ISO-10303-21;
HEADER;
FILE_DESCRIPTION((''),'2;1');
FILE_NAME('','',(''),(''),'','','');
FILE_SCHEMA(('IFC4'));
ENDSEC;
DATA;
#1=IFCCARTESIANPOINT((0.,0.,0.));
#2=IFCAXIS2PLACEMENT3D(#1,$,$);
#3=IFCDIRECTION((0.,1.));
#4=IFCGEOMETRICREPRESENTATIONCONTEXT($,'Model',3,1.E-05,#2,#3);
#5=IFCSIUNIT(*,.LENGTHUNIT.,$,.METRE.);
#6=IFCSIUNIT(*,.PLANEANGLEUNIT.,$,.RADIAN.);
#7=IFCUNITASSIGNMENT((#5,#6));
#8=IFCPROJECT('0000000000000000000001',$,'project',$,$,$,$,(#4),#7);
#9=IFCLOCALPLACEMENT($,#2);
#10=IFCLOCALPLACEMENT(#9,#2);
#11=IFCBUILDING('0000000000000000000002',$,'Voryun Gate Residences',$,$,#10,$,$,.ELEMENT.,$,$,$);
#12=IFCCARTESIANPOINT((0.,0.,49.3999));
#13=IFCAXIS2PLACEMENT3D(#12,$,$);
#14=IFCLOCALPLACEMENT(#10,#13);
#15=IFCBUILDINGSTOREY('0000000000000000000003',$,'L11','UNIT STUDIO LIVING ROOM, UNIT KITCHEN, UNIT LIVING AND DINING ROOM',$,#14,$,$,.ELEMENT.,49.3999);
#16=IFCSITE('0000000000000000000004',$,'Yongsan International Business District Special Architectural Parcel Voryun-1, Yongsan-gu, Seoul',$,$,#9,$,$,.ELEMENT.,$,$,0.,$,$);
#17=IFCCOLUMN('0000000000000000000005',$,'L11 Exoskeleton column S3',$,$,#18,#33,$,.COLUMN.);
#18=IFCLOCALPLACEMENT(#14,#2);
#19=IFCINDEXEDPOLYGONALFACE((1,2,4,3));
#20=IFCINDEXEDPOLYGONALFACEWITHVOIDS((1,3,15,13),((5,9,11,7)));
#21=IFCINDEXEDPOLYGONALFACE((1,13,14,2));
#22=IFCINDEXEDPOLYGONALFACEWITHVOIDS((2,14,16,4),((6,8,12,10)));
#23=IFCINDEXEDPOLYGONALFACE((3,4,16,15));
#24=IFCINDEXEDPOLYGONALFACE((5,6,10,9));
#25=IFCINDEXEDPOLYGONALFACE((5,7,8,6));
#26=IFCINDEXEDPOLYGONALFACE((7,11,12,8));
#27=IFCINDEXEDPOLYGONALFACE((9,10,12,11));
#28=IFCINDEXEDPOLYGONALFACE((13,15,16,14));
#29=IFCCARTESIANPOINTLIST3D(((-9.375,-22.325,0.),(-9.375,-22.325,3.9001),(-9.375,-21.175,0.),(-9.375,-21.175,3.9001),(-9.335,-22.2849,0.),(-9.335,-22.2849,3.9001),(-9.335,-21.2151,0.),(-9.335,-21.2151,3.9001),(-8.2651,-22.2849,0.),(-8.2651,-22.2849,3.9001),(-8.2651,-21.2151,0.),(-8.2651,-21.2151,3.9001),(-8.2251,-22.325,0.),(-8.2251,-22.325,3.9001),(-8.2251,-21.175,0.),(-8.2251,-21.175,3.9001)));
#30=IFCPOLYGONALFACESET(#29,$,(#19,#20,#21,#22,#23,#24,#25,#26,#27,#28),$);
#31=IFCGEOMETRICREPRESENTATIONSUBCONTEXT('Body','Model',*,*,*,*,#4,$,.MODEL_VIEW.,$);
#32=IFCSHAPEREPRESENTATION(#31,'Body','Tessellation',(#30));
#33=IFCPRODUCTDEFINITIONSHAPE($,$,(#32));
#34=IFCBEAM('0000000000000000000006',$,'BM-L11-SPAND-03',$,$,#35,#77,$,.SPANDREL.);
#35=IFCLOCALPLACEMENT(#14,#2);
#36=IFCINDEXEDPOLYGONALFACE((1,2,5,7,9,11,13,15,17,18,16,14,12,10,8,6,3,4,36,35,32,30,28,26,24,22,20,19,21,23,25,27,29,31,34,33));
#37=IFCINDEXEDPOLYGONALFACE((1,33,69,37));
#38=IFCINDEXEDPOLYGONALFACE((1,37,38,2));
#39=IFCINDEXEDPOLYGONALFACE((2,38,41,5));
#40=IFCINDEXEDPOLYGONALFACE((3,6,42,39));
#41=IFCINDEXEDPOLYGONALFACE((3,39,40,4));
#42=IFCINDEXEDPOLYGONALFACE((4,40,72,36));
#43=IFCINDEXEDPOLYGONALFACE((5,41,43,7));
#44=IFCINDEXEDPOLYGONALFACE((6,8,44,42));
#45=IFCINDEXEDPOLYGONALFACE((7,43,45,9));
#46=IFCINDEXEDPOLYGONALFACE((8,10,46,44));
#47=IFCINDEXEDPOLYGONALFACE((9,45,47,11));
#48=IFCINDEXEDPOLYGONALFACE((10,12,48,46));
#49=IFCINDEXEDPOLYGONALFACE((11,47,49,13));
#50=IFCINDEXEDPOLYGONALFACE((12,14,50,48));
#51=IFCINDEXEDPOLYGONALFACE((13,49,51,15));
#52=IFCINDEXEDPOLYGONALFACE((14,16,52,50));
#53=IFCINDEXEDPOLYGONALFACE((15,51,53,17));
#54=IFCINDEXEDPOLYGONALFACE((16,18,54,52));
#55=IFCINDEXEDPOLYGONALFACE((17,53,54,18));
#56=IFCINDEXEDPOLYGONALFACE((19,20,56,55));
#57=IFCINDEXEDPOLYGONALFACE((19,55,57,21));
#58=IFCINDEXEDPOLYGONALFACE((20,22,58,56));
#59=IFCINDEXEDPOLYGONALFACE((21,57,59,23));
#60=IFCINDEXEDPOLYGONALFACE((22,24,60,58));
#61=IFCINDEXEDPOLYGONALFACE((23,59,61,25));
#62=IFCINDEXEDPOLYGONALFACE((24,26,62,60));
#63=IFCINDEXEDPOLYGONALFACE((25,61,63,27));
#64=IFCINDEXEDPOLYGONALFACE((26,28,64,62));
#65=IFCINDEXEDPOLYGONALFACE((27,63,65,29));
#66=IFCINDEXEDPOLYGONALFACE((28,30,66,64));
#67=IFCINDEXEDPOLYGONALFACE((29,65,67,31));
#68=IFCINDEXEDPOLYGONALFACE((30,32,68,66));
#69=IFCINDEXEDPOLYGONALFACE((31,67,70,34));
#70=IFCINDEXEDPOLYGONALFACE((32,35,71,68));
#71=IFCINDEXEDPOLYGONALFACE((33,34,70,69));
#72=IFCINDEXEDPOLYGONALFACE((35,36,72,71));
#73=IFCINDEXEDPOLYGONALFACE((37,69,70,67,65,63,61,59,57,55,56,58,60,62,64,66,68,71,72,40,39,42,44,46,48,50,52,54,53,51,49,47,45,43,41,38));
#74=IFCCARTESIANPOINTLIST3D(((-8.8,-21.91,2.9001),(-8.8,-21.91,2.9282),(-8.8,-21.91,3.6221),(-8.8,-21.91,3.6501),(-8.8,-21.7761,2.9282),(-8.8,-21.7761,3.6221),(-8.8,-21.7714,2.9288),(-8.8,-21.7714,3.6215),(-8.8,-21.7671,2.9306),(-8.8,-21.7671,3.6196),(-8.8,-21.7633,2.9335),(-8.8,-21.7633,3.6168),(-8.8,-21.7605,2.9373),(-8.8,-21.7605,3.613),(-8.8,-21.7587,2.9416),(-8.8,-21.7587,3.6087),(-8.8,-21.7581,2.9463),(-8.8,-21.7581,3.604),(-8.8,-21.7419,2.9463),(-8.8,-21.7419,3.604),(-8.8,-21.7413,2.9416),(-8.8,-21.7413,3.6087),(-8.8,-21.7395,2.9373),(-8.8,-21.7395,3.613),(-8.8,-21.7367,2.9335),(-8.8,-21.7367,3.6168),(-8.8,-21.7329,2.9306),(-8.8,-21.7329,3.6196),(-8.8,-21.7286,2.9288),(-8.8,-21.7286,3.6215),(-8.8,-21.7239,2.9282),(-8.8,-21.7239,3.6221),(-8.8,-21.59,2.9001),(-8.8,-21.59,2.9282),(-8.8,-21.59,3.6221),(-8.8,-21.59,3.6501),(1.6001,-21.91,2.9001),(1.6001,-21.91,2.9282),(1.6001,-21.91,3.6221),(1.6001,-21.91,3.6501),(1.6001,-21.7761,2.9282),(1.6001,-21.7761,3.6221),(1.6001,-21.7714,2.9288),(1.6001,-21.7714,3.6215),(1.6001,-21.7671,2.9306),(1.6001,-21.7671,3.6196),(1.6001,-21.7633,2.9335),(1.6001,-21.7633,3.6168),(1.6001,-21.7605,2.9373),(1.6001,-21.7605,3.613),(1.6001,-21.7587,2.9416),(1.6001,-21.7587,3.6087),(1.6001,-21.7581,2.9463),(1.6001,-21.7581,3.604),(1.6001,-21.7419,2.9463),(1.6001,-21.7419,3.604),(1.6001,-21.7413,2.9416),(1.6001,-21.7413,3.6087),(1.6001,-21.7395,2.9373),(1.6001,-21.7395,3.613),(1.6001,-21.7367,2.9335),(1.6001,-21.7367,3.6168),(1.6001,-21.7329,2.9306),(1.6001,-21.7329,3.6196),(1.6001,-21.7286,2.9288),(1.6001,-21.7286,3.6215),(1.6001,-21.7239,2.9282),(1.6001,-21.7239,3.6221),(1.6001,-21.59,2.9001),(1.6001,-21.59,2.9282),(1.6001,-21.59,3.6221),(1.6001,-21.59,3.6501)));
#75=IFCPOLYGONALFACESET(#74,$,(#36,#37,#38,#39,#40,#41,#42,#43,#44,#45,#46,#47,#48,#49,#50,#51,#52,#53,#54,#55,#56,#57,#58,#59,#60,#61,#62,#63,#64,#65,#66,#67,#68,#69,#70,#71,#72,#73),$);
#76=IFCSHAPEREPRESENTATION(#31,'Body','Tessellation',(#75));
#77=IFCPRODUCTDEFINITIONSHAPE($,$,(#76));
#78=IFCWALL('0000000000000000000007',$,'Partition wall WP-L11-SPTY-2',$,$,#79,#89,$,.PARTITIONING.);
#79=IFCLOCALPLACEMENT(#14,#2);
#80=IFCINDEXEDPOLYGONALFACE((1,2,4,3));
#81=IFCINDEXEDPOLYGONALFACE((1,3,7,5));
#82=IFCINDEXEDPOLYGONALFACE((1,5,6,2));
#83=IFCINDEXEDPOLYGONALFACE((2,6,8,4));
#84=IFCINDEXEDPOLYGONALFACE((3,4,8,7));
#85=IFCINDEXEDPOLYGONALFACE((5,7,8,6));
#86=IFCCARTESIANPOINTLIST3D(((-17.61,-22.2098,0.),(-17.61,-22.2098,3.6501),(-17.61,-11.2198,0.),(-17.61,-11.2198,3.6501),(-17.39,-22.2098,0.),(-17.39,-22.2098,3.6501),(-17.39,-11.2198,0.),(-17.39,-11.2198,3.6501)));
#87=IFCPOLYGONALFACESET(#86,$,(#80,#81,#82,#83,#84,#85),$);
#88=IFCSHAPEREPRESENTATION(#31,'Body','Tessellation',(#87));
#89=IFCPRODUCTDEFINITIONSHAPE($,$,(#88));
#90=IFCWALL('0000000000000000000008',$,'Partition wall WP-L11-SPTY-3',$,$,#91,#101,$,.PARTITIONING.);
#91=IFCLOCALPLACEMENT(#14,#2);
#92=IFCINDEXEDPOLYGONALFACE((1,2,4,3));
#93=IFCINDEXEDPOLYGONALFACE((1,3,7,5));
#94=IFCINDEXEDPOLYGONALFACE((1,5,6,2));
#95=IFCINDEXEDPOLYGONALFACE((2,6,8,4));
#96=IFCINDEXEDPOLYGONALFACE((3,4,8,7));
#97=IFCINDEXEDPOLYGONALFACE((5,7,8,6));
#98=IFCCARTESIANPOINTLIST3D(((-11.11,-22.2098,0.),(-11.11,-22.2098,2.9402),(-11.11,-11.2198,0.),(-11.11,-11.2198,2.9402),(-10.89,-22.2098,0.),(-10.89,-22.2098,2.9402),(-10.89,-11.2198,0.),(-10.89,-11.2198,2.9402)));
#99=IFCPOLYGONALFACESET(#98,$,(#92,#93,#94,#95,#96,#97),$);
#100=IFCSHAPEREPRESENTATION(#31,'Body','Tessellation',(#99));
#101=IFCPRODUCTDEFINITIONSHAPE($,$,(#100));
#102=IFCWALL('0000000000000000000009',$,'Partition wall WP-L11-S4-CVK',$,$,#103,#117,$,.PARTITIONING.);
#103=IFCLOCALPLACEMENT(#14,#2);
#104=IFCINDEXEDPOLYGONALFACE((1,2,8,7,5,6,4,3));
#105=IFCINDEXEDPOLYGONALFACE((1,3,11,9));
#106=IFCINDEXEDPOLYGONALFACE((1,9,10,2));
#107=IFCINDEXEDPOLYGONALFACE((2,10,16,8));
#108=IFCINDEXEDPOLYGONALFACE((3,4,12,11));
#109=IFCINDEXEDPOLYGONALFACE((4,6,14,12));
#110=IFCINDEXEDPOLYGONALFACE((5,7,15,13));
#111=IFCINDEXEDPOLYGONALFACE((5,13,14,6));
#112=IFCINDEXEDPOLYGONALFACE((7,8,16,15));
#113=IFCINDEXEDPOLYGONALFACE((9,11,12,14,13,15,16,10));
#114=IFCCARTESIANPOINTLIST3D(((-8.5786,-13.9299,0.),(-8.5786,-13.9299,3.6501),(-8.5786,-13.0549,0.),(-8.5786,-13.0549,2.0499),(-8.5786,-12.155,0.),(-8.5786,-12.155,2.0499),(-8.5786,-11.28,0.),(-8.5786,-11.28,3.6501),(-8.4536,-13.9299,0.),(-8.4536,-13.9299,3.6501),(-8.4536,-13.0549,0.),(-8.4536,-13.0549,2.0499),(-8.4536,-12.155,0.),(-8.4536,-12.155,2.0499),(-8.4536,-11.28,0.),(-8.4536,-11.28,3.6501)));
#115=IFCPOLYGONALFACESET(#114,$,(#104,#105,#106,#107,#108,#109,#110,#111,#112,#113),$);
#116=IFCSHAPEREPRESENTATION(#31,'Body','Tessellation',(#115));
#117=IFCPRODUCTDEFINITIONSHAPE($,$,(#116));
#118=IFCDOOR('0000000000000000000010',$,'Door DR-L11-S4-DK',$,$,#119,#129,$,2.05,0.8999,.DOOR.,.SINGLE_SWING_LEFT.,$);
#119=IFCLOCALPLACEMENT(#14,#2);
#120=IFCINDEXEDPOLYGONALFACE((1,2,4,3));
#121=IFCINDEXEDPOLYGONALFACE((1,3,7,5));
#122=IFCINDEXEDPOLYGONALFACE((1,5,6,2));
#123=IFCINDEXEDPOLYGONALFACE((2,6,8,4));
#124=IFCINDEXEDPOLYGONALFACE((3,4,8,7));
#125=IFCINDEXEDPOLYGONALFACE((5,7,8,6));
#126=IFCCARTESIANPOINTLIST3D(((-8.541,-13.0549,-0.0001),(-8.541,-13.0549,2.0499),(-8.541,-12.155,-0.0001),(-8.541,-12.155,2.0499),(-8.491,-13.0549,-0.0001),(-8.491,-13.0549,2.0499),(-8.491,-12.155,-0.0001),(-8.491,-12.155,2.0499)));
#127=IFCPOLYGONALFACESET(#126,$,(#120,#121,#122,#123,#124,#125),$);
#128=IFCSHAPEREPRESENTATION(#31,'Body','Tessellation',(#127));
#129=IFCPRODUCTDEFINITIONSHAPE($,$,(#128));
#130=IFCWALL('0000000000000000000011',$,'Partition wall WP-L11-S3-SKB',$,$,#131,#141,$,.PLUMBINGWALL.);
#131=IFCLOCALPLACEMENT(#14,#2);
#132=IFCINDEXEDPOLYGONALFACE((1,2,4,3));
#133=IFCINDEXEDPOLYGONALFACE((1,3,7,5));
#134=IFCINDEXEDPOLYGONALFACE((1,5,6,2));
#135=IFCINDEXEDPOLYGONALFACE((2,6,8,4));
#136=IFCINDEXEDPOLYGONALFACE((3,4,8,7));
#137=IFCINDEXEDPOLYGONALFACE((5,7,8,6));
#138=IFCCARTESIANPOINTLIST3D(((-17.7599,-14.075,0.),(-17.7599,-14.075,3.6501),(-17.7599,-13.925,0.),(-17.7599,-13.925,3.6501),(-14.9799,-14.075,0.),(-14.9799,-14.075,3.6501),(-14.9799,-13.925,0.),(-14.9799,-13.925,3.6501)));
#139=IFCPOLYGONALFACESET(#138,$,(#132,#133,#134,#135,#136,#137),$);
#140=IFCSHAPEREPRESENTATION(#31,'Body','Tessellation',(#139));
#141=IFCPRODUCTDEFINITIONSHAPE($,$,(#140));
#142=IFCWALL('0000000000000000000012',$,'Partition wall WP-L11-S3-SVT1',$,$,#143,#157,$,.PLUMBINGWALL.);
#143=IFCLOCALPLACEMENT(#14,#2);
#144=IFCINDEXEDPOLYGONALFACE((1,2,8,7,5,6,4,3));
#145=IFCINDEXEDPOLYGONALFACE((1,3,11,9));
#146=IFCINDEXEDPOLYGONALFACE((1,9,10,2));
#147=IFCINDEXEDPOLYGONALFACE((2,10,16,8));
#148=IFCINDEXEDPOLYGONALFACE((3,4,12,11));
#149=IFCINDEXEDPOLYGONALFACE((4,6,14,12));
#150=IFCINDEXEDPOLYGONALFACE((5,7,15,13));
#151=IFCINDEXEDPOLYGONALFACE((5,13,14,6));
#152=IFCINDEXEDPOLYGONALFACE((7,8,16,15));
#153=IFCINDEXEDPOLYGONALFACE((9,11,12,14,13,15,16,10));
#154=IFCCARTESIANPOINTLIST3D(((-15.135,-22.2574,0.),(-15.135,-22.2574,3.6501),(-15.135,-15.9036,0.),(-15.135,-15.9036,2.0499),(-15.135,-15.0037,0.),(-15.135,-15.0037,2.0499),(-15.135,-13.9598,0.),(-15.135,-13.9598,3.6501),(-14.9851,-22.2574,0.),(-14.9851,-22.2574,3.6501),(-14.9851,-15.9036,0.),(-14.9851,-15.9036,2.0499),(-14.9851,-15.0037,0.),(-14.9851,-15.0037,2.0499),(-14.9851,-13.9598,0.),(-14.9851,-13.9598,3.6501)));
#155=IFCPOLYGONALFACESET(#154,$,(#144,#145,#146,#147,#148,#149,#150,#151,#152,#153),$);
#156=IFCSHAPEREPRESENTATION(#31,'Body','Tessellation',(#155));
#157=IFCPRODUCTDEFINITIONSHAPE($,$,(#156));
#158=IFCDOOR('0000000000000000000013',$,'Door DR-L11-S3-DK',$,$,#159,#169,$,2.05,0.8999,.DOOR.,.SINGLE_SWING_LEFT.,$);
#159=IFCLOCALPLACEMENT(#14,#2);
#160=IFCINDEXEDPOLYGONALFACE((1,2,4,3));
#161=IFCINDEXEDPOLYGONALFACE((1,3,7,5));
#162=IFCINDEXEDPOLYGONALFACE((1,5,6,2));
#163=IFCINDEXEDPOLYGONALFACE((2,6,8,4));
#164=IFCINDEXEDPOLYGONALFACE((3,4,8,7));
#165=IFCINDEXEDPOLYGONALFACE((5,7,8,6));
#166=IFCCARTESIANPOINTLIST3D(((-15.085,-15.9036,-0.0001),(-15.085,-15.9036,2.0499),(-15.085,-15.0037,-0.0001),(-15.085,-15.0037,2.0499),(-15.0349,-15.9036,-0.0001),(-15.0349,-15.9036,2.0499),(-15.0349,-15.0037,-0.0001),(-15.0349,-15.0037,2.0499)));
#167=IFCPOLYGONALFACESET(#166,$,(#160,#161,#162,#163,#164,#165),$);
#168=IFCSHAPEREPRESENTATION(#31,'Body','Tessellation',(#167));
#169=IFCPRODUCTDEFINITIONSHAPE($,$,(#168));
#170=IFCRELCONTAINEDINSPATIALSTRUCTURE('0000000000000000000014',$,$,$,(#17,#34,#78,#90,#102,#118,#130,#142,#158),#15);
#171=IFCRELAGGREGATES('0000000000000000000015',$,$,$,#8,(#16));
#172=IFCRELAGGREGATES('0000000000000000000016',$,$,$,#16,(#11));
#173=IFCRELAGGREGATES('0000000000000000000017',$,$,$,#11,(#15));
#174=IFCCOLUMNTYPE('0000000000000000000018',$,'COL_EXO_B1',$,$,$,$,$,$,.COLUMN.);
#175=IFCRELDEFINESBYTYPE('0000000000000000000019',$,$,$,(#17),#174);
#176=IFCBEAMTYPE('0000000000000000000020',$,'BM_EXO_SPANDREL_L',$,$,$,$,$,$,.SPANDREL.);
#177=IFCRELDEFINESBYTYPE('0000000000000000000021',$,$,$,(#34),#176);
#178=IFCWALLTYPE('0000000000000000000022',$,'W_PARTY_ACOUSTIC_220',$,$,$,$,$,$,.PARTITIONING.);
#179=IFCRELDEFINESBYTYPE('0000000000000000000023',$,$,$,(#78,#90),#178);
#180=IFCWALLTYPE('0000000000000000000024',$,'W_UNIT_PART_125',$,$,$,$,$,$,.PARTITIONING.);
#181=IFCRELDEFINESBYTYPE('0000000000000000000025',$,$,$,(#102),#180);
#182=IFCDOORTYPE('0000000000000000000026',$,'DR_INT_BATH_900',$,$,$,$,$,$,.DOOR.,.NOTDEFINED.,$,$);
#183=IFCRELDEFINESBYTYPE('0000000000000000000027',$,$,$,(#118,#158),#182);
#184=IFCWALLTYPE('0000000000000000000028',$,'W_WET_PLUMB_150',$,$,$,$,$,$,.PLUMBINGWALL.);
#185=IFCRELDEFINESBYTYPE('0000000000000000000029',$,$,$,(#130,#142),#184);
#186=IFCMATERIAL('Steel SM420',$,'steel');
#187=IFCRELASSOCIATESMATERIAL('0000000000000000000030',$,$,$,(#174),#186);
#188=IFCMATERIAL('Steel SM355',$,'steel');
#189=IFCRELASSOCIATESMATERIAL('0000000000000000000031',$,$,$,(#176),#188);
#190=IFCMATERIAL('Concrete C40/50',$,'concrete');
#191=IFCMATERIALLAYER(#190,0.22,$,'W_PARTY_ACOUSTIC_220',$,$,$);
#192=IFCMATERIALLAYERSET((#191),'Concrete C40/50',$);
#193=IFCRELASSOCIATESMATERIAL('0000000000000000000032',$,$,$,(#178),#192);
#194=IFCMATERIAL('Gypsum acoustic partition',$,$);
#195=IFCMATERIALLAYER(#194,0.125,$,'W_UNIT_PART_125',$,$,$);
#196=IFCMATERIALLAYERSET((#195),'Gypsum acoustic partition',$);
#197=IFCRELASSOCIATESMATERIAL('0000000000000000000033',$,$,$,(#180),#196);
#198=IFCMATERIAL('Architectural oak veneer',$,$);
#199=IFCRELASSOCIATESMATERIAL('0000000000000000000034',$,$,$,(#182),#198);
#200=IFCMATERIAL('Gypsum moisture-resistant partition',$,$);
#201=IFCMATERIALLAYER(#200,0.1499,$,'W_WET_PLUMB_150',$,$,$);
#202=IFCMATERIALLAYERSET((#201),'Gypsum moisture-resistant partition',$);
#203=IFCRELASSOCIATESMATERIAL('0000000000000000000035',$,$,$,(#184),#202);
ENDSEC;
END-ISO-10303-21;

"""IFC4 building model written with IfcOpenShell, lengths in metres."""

from ifc_helpers import new_model, si_unit, direction, frame, frame_2d, origin, origin_2d, place, context, subcontext, project, spatial, rectangle, hollow_rectangle, i_section, extrude, material, layer, layer_set, material_profile, profile_set, type_object, element, fill, save


model = new_model("IFC4")

# Units and contexts
model_context = context("Model", 3, precision=1e-05, world=origin(), true_north=direction((0.0, 1.0)))
body_context = subcontext(model_context, "Body", "Model", "MODEL_VIEW")
ifc_project = project(units=[si_unit("LENGTHUNIT", "METRE"), si_unit("PLANEANGLEUNIT", "RADIAN")], contexts=[model_context])

# Site, building, storey
site_placement = place(None, origin())
site = spatial("IfcSite", under=ifc_project, at=site_placement, Name="Yongsan International Business District Special Architectural Parcel Voryun-1, Yongsan-gu, Seoul", CompositionType="ELEMENT", RefElevation=0.0)
building_placement = place(site_placement, origin())
building = spatial("IfcBuilding", under=site, at=building_placement, Name="Voryun Gate Residences", CompositionType="ELEMENT")
storey_placement = place(building_placement, frame((0.0, 0.0, 49.3999)))
storey = spatial("IfcBuildingStorey", under=building, at=storey_placement, Name="L11", Description="UNIT STUDIO LIVING ROOM, UNIT KITCHEN, UNIT LIVING AND DINING ROOM", CompositionType="ELEMENT", Elevation=49.3999)

# Column
ifc_material_1 = material(Name="Steel SM420", Category="steel")
ifc_material_profile_1 = material_profile(ifc_material_1, hollow_rectangle(XDim=1.1499, YDim=1.1499, WallThickness=0.04, at=origin_2d()), Name="BOX-1150x1150x40")
ifc_profile_set_1 = profile_set([ifc_material_profile_1], Name="Steel SM420")
column_type = type_object("IfcColumnType", Name="COL_EXO_B1", PredefinedType="COLUMN", material=ifc_profile_set_1)
column_placement = place(storey_placement, frame((-8.8, -21.75, 0.0), z_axis=(0.0, 0.0, 1.0), x_axis=(1.0, 0.0, 0.0)))
element("IfcColumn", 1, at=column_placement, inside=storey, type_object=column_type, Name="L11 Exoskeleton column S3", PredefinedType="COLUMN", context=body_context, shape_type="SweptSolid", body=[
    extrude(hollow_rectangle(XDim=1.1499, YDim=1.1499, WallThickness=0.04, at=origin_2d()), origin(), (0.0, 0.0, 1.0), 3.9001),
])

# Beam
ifc_material_2 = material(Name="Steel SM355", Category="steel")
ifc_material_profile_2 = material_profile(ifc_material_2, i_section(OverallWidth=0.3201, OverallDepth=0.75, WebThickness=0.0161, FlangeThickness=0.0281, FilletRadius=0.0181, at=origin_2d()), Name="H-750x320x16x28")
ifc_profile_set_2 = profile_set([ifc_material_profile_2], Name="Steel SM355")
beam_type = type_object("IfcBeamType", Name="BM_EXO_SPANDREL_L", PredefinedType="SPANDREL", material=ifc_profile_set_2)
beam_placement = place(storey_placement, frame((-8.8, -21.75, 3.2751), z_axis=(1.0, 0.0, 0.0), x_axis=(0.0, 1.0, 0.0)))
element("IfcBeam", 2, at=beam_placement, inside=storey, type_object=beam_type, Name="BM-L11-SPAND-03", PredefinedType="SPANDREL", context=body_context, shape_type="SweptSolid", body=[
    extrude(i_section(OverallWidth=0.3201, OverallDepth=0.75, WebThickness=0.0161, FlangeThickness=0.0281, FilletRadius=0.0181, at=origin_2d()), origin(), (0.0, 0.0, 1.0), 10.4001),
])

# Walls
ifc_material_3 = material(Name="Concrete C40/50", Category="concrete")
ifc_layer_1 = layer(ifc_material_3, 0.22, Name="W_PARTY_ACOUSTIC_220")
ifc_layer_set_1 = layer_set([ifc_layer_1], Name="Concrete C40/50")
wall_type_1 = type_object("IfcWallType", Name="W_PARTY_ACOUSTIC_220", PredefinedType="PARTITIONING", material=ifc_layer_set_1)
wall_1_placement = place(storey_placement, frame((-17.5, -22.21, 0.0), z_axis=(0.0, 0.0, 1.0), x_axis=(0.0, 1.0, 0.0)))
element("IfcWall", 3, at=wall_1_placement, inside=storey, type_object=wall_type_1, Name="Partition wall WP-L11-SPTY-2", PredefinedType="PARTITIONING", context=body_context, shape_type="SweptSolid", body=[
    extrude(rectangle(XDim=10.99, YDim=0.22, at=frame_2d((5.4951, 0.0))), origin(), (0.0, 0.0, 1.0), 3.6501),
])
wall_2_placement = place(storey_placement, frame((-11.0, -22.21, 0.0), z_axis=(0.0, 0.0, 1.0), x_axis=(0.0, 1.0, 0.0)))
element("IfcWall", 4, at=wall_2_placement, inside=storey, type_object=wall_type_1, Name="Partition wall WP-L11-SPTY-3", PredefinedType="PARTITIONING", context=body_context, shape_type="SweptSolid", body=[
    extrude(rectangle(XDim=10.99, YDim=0.22, at=frame_2d((5.4951, 0.0))), origin(), (0.0, 0.0, 1.0), 2.9402),
])

# Wall, opening, door
ifc_material_4 = material(Name="Gypsum acoustic partition")
ifc_layer_2 = layer(ifc_material_4, 0.125, Name="W_UNIT_PART_125")
ifc_layer_set_2 = layer_set([ifc_layer_2], Name="Gypsum acoustic partition")
wall_type_2 = type_object("IfcWallType", Name="W_UNIT_PART_125", PredefinedType="PARTITIONING", material=ifc_layer_set_2)
wall_3_placement = place(storey_placement, frame((-8.5161, -13.9299, 0.0), z_axis=(0.0, 0.0, 1.0), x_axis=(0.0, 1.0, 0.0)))
wall_3 = element("IfcWall", 5, at=wall_3_placement, inside=storey, type_object=wall_type_2, Name="Partition wall WP-L11-S4-CVK", PredefinedType="PARTITIONING", context=body_context, shape_type="SweptSolid", body=[
    extrude(rectangle(XDim=2.6499, YDim=0.125, at=frame_2d((1.325, 0.0))), origin(), (0.0, 0.0, 1.0), 3.6501),
])
opening_1_placement = place(wall_3_placement, frame((0.875, 0.0, 0.0)))
opening_1 = element("IfcOpeningElement", 6, at=opening_1_placement, cuts=wall_3, PredefinedType="OPENING", context=body_context, shape_type="SweptSolid", body=[
    extrude(rectangle(XDim=0.8999, YDim=2.05, at=frame_2d((0.45, 1.0249))), frame((0.0, 0.0725, 0.0), z_axis=(0.0, -1.0, 0.0), x_axis=(1.0, 0.0, 0.0)), (0.0, 0.0, 1.0), 0.145),
])
ifc_material_5 = material(Name="Architectural oak veneer")
door_type = type_object("IfcDoorType", Name="DR_INT_BATH_900", OperationType="NOTDEFINED", PredefinedType="DOOR", material=ifc_material_5)
door_1_placement = place(opening_1_placement, origin())
door_1 = element("IfcDoor", 7, at=door_1_placement, inside=storey, type_object=door_type, Name="Door DR-L11-S4-DK", OperationType="SINGLE_SWING_LEFT", OverallHeight=2.05, OverallWidth=0.8999, PredefinedType="DOOR", context=body_context, shape_type="SweptSolid", body=[
    extrude(rectangle(XDim=0.8999, YDim=2.05, at=frame_2d((0.45, 1.0249))), frame((0.0, 0.0249, 0.0), z_axis=(0.0, -1.0, 0.0), x_axis=(1.0, 0.0, 0.0)), (0.0, 0.0, 1.0), 0.05),
])
fill(opening_1, door_1)

# Wall
ifc_material_6 = material(Name="Gypsum moisture-resistant partition")
ifc_layer_3 = layer(ifc_material_6, 0.1499, Name="W_WET_PLUMB_150")
ifc_layer_set_3 = layer_set([ifc_layer_3], Name="Gypsum moisture-resistant partition")
wall_type_3 = type_object("IfcWallType", Name="W_WET_PLUMB_150", PredefinedType="PLUMBINGWALL", material=ifc_layer_set_3)
wall_4_placement = place(storey_placement, frame((-17.76, -14.0, 0.0), z_axis=(0.0, 0.0, 1.0), x_axis=(1.0, 0.0, 0.0)))
element("IfcWall", 8, at=wall_4_placement, inside=storey, type_object=wall_type_3, Name="Partition wall WP-L11-S3-SKB", PredefinedType="PLUMBINGWALL", context=body_context, shape_type="SweptSolid", body=[
    extrude(rectangle(XDim=2.78, YDim=0.1499, at=frame_2d((1.3901, 0.0))), origin(), (0.0, 0.0, 1.0), 3.6501),
])

# Wall, opening, door
wall_5_placement = place(storey_placement, frame((-15.0601, -22.2576, 0.0), z_axis=(0.0, 0.0, 1.0), x_axis=(0.0, 1.0, 0.0)))
wall_5 = element("IfcWall", 9, at=wall_5_placement, inside=storey, type_object=wall_type_3, Name="Partition wall WP-L11-S3-SVT1", PredefinedType="PLUMBINGWALL", context=body_context, shape_type="SweptSolid", body=[
    extrude(rectangle(XDim=8.2976, YDim=0.1499, at=frame_2d((4.1489, 0.0))), origin(), (0.0, 0.0, 1.0), 3.6501),
])
opening_2_placement = place(wall_5_placement, frame((6.354, 0.0, 0.0)))
opening_2 = element("IfcOpeningElement", 10, at=opening_2_placement, cuts=wall_5, PredefinedType="OPENING", context=body_context, shape_type="SweptSolid", body=[
    extrude(rectangle(XDim=0.8999, YDim=2.05, at=frame_2d((0.45, 1.0249))), frame((0.0, 0.085, 0.0), z_axis=(0.0, -1.0, 0.0), x_axis=(1.0, 0.0, 0.0)), (0.0, 0.0, 1.0), 0.1699),
])
door_2_placement = place(opening_2_placement, origin())
door_2 = element("IfcDoor", 11, at=door_2_placement, inside=storey, type_object=door_type, Name="Door DR-L11-S3-DK", OperationType="SINGLE_SWING_LEFT", OverallHeight=2.05, OverallWidth=0.8999, PredefinedType="DOOR", context=body_context, shape_type="SweptSolid", body=[
    extrude(rectangle(XDim=0.8999, YDim=2.05, at=frame_2d((0.45, 1.0249))), frame((0.0, 0.0249, 0.0), z_axis=(0.0, -1.0, 0.0), x_axis=(1.0, 0.0, 0.0)), (0.0, 0.0, 1.0), 0.05),
])
fill(opening_2, door_2)

save(model, "model.ifc")
